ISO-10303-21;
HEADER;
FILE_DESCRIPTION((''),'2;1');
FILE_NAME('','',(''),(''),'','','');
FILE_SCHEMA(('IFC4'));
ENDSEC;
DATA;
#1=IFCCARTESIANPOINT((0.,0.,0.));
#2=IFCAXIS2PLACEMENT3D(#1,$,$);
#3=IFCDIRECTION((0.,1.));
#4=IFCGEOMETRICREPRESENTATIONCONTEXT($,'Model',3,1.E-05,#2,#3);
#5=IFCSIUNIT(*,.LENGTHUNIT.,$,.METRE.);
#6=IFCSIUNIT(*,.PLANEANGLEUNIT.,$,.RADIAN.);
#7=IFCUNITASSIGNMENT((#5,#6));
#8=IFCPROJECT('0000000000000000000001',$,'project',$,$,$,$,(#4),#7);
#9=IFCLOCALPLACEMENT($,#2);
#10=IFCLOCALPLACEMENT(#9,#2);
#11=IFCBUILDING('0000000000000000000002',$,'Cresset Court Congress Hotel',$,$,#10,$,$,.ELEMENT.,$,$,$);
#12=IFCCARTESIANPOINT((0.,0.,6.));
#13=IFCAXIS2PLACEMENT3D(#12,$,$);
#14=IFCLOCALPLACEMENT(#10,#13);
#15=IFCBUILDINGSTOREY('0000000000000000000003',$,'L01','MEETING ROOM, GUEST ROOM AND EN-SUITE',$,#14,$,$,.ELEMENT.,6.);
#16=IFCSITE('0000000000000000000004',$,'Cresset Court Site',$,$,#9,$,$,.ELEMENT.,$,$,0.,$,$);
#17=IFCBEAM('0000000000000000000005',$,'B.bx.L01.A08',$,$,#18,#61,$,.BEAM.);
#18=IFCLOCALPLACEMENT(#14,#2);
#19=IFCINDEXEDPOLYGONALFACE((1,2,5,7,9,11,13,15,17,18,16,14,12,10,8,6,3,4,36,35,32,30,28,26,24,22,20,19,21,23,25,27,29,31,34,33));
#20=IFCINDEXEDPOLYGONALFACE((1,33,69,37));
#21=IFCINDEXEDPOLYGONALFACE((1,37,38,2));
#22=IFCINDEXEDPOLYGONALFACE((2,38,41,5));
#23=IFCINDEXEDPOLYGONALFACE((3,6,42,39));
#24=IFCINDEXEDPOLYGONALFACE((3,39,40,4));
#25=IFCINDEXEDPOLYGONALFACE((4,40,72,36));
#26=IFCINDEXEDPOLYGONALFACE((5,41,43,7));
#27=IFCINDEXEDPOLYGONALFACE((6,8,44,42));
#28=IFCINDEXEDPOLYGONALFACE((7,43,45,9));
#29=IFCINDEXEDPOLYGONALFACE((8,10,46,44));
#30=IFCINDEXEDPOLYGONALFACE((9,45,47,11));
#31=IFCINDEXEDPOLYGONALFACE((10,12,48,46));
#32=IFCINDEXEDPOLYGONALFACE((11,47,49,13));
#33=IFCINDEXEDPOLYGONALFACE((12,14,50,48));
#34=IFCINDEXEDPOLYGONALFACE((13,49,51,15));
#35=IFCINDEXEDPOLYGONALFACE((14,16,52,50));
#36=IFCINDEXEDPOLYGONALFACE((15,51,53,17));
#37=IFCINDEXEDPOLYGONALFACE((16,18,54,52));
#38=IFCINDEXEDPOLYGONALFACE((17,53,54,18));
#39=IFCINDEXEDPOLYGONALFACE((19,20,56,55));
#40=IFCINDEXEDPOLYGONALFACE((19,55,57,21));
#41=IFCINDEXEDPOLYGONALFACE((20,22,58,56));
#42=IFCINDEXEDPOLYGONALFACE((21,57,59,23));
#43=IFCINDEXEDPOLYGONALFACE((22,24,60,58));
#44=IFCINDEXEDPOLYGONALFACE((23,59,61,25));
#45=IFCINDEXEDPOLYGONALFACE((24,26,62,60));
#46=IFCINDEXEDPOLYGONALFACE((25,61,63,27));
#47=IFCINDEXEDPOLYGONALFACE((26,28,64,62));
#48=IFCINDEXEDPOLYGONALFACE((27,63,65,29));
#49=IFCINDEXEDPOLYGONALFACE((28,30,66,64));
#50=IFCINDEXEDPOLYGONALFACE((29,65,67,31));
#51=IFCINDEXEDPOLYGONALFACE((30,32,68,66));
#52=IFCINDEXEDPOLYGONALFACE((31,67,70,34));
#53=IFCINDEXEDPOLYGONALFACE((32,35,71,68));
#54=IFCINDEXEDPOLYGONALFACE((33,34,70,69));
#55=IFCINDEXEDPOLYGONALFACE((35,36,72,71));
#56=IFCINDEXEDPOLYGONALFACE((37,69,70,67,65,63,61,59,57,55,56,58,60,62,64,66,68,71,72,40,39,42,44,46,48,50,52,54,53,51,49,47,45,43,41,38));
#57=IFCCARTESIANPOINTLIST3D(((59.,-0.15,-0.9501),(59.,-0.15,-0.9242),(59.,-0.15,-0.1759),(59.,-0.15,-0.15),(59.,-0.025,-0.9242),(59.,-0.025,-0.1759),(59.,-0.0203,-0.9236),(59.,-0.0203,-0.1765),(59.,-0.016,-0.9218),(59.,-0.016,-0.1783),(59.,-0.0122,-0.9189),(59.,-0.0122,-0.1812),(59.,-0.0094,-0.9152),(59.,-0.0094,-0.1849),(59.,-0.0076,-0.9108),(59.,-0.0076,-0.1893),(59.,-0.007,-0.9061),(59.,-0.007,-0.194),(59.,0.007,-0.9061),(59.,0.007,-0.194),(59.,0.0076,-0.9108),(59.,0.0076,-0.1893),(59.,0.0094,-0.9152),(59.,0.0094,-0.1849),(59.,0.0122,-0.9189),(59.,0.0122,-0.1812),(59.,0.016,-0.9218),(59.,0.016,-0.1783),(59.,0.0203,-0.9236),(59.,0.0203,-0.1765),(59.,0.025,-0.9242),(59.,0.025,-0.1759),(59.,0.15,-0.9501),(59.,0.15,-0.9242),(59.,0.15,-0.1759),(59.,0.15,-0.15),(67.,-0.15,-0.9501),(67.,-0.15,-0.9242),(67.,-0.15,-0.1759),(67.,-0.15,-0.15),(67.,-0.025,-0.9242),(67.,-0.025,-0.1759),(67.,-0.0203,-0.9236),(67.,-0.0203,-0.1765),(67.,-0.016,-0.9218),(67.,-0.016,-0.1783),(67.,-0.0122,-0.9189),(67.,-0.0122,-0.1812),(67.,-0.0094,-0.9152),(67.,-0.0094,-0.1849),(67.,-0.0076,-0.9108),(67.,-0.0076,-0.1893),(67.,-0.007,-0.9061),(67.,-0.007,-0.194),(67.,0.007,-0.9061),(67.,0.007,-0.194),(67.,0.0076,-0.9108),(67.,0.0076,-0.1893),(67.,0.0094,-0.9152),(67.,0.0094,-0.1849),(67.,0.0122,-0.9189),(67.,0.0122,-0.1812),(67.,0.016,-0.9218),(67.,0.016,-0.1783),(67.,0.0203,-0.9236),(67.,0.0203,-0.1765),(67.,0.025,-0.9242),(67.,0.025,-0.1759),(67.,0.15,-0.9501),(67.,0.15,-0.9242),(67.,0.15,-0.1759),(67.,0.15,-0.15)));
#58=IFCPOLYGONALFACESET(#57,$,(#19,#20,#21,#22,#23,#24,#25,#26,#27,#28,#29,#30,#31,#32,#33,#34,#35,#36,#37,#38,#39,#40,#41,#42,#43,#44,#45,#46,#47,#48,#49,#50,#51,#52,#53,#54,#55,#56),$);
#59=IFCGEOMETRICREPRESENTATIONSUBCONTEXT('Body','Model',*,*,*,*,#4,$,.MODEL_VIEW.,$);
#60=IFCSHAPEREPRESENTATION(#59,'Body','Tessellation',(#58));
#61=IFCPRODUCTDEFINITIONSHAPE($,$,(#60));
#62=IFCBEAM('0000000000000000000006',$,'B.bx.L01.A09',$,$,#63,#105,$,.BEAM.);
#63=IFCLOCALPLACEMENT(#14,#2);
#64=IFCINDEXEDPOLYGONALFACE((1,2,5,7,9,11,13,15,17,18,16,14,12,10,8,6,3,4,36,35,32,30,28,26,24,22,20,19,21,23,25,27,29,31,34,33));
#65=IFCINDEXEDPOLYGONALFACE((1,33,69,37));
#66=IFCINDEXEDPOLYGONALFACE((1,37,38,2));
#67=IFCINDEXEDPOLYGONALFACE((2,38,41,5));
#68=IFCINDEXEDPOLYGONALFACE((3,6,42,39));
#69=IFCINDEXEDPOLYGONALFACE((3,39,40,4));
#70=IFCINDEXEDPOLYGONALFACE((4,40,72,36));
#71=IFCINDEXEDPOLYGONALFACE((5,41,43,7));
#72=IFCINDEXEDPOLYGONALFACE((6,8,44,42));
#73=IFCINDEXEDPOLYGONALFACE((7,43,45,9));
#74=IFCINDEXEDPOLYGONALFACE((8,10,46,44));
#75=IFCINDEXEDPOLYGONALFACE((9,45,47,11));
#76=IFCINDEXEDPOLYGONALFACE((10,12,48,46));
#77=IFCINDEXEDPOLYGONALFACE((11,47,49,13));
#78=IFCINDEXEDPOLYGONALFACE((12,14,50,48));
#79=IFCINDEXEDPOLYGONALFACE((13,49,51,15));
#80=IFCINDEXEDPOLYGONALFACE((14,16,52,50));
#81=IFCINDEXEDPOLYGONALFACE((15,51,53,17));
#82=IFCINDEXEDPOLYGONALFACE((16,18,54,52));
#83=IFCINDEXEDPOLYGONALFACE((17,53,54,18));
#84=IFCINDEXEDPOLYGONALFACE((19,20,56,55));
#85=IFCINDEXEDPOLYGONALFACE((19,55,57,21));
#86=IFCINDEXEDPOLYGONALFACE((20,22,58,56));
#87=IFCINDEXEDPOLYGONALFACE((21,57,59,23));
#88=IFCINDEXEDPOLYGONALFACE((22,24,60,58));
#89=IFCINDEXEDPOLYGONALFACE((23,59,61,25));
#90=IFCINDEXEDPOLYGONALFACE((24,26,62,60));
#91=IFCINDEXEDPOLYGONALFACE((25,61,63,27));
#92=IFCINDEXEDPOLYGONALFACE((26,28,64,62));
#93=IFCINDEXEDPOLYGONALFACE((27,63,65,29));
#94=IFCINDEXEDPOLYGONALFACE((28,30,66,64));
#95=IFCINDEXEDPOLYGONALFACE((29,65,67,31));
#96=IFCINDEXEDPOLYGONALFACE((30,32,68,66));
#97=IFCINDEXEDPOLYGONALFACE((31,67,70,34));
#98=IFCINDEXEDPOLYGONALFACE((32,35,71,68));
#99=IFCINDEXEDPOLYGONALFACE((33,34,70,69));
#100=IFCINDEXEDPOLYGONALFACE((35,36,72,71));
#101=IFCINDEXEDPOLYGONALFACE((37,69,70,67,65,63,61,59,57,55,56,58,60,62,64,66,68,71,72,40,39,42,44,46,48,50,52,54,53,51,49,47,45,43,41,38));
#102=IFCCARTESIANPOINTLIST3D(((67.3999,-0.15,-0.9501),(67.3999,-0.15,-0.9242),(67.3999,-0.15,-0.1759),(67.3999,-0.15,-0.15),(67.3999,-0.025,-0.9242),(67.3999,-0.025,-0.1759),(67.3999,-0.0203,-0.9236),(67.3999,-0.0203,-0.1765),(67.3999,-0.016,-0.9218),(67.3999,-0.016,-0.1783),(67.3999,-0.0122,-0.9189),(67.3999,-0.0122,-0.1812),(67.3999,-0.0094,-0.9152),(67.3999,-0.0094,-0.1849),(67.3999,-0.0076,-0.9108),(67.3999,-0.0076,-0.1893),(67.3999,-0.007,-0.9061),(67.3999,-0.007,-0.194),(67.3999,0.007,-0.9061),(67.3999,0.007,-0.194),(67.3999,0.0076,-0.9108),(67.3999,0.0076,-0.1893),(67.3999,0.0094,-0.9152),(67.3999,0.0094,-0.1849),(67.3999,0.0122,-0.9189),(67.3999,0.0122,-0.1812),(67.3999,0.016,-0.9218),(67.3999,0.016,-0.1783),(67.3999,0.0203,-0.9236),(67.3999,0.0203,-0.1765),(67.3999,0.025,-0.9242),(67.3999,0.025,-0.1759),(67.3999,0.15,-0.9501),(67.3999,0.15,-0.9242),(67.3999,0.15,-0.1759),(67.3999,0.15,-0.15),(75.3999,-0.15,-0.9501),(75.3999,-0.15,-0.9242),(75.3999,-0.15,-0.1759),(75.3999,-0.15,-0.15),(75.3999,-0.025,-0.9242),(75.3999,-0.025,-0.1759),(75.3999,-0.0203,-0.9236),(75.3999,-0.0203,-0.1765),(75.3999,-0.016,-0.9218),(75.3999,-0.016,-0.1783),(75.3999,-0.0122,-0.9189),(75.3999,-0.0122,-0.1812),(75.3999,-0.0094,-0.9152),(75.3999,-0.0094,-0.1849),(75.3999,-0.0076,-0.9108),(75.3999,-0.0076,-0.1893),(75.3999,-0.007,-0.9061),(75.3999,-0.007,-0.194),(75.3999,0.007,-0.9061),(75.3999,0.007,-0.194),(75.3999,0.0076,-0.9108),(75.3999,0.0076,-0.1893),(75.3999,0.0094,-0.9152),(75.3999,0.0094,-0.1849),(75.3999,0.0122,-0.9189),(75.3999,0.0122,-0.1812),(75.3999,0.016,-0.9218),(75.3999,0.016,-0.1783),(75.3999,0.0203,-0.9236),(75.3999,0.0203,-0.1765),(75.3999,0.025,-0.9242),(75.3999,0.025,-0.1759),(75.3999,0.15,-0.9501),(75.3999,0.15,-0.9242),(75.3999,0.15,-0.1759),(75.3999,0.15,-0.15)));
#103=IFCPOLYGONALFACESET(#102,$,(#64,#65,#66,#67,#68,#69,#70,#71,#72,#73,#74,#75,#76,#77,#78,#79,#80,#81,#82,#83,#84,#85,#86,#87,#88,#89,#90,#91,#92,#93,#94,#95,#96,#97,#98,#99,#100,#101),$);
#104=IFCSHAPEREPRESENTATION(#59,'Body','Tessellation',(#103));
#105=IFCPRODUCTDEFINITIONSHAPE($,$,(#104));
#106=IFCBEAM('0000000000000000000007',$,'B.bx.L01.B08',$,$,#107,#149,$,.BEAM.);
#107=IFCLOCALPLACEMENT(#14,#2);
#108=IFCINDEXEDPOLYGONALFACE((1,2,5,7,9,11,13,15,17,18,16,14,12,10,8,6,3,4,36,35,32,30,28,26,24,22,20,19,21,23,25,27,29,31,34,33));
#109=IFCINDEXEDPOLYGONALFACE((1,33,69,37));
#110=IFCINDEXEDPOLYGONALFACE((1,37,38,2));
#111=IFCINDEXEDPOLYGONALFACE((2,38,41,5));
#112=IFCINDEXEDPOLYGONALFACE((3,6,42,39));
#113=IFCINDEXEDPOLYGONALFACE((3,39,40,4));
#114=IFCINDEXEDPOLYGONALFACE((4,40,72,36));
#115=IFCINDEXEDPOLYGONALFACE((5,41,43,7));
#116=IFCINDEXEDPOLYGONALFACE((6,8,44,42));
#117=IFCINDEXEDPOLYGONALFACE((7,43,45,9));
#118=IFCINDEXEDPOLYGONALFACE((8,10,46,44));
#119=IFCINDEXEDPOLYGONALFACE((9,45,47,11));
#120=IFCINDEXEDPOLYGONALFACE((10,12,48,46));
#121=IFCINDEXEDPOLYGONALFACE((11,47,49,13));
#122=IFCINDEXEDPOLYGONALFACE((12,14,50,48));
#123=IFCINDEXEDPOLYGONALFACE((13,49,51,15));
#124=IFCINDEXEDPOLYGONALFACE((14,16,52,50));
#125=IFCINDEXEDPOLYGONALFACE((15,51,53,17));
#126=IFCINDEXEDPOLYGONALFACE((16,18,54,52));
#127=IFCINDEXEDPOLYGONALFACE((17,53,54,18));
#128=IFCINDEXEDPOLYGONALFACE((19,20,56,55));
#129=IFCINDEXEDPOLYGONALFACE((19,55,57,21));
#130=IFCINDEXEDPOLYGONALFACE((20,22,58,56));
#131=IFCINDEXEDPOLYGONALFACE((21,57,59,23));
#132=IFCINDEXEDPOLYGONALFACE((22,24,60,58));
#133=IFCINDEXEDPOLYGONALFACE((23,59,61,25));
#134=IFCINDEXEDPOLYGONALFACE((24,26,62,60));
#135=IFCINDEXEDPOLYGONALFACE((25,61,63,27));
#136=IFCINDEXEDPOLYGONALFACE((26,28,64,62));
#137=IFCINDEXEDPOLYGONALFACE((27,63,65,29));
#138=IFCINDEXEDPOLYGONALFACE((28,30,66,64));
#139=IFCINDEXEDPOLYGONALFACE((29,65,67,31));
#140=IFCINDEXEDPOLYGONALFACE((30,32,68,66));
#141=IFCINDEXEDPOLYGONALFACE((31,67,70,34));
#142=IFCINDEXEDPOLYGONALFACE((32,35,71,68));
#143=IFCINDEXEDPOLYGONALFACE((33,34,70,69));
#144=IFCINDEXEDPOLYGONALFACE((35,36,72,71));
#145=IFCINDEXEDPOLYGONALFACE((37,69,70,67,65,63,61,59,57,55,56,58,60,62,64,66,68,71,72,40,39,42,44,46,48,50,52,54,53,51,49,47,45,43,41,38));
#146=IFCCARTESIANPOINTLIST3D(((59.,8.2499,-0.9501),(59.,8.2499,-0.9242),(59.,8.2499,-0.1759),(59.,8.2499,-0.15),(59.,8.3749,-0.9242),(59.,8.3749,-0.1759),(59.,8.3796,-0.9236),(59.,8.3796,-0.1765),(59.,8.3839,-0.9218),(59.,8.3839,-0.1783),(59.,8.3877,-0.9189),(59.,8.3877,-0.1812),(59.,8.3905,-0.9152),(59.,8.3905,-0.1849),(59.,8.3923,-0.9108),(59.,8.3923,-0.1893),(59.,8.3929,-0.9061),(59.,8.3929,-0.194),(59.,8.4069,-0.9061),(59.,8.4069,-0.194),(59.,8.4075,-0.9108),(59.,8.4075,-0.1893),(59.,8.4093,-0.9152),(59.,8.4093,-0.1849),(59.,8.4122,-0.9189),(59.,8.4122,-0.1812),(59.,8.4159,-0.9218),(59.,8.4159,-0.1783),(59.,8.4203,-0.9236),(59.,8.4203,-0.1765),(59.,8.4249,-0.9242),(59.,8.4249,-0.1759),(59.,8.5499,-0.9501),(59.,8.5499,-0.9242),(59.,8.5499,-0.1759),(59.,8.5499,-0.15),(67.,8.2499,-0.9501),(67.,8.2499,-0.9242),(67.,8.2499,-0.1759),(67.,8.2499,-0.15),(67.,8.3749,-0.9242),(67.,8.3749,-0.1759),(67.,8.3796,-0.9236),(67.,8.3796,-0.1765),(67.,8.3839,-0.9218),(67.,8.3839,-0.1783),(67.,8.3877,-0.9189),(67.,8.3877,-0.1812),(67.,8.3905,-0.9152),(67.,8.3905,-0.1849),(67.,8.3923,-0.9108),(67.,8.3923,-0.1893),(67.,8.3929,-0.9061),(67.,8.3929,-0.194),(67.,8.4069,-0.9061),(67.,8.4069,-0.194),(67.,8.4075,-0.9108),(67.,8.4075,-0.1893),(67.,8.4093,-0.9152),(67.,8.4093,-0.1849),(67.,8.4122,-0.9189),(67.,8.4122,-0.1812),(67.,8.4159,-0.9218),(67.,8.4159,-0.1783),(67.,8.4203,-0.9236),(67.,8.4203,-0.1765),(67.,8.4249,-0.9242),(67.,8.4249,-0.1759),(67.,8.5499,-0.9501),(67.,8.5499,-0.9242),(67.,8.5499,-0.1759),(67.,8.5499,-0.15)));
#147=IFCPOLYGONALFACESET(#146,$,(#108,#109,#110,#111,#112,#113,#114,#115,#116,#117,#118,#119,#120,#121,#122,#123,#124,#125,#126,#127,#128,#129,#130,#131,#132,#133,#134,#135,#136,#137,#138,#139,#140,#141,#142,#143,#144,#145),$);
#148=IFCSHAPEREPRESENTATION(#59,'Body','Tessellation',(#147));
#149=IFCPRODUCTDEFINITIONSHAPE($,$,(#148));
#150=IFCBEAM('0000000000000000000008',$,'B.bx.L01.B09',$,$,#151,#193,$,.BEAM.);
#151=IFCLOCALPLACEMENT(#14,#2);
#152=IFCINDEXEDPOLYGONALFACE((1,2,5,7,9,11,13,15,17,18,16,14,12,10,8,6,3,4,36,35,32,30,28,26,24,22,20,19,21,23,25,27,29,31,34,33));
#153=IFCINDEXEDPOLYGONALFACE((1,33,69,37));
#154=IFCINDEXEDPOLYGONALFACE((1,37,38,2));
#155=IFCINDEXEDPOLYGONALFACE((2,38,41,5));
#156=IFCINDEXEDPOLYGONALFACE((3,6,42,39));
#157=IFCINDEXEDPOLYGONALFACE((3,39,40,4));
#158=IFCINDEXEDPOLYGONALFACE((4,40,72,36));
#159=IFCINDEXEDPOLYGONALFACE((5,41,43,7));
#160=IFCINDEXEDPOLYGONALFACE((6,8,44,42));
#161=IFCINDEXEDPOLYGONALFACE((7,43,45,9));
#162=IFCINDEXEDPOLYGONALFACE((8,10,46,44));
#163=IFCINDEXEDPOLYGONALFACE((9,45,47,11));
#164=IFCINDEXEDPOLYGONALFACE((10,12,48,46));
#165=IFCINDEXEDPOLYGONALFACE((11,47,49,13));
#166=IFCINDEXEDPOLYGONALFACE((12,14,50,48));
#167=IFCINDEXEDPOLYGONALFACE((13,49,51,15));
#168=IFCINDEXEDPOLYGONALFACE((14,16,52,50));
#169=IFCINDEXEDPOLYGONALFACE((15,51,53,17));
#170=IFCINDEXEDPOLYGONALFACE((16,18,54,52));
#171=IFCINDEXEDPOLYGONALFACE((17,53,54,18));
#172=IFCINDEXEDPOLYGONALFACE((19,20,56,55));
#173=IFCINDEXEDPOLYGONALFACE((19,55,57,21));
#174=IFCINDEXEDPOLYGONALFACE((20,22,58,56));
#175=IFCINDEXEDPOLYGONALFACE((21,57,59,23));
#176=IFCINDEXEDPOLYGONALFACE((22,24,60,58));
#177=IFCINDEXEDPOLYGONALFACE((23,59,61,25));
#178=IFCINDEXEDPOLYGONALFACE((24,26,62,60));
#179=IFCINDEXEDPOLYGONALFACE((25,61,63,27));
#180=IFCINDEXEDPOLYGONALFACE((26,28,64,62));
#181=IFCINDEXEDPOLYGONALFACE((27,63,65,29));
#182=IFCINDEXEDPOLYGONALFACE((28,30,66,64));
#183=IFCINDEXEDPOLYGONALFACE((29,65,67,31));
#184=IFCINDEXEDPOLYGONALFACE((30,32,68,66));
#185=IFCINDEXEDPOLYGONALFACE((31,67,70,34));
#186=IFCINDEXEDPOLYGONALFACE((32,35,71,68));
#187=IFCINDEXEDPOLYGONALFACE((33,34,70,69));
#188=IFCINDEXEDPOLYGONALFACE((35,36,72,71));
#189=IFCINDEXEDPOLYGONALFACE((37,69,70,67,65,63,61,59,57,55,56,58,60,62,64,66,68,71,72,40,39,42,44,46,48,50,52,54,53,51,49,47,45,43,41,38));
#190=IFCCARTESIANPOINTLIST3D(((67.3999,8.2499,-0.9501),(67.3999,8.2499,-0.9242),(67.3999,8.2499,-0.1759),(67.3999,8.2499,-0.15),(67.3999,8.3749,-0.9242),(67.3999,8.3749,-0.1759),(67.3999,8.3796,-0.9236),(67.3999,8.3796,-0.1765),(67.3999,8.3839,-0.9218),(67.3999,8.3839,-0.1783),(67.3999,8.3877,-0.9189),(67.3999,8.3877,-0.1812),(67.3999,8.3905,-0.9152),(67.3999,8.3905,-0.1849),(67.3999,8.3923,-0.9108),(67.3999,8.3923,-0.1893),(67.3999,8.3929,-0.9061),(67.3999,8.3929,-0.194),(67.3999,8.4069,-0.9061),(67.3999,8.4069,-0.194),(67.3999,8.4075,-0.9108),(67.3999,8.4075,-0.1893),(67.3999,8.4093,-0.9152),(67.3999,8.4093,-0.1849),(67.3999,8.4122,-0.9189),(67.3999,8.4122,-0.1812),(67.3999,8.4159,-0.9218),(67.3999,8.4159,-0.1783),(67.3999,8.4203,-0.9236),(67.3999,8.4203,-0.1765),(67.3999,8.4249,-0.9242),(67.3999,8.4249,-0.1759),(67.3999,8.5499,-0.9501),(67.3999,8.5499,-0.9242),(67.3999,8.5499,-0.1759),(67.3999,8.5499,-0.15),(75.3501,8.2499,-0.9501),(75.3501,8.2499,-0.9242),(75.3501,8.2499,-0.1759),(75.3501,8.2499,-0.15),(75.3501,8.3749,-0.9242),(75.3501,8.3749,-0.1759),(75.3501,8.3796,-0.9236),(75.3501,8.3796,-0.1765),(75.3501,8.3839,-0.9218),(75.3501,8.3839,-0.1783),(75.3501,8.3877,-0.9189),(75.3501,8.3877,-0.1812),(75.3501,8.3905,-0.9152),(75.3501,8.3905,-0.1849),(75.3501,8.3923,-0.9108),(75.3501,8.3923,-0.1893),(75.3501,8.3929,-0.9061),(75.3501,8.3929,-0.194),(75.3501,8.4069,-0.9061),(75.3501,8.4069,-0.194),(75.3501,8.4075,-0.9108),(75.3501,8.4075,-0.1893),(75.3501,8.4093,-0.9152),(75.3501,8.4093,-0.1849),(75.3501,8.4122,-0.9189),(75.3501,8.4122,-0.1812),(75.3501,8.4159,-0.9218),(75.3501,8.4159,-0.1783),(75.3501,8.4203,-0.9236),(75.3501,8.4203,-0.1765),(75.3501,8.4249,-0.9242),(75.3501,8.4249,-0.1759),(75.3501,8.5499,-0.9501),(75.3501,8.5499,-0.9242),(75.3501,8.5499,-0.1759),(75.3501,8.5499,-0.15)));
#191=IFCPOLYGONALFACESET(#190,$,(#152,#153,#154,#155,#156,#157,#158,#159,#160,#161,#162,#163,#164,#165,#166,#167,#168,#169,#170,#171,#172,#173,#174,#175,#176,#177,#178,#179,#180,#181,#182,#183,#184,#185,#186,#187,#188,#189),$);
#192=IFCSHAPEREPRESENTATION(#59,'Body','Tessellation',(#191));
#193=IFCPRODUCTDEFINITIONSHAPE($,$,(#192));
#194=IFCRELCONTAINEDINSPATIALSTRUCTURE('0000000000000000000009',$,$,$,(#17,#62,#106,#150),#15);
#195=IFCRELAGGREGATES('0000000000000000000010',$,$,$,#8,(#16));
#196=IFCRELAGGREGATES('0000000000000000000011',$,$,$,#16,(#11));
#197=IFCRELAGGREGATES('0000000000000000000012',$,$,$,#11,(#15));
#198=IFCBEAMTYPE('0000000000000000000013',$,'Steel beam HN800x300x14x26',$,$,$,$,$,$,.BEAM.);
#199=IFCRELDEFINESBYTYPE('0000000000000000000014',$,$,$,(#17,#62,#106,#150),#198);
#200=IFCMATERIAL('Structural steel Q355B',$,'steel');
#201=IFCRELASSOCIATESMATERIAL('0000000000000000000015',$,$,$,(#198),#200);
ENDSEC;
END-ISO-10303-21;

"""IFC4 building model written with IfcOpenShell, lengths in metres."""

from ifc_helpers import new_model, si_unit, direction, frame, origin, origin_2d, place, context, subcontext, project, spatial, i_section, extrude, material, material_profile, profile_set, type_object, element, save


model = new_model("IFC4")

# Units and contexts
model_context = context("Model", 3, precision=1e-05, world=origin(), true_north=direction((0.0, 1.0)))
body_context = subcontext(model_context, "Body", "Model", "MODEL_VIEW")
ifc_project = project(units=[si_unit("LENGTHUNIT", "METRE"), si_unit("PLANEANGLEUNIT", "RADIAN")], contexts=[model_context])

# Site, building, storey
site_placement = place(None, origin())
site = spatial("IfcSite", under=ifc_project, at=site_placement, Name="Cresset Court Site", CompositionType="ELEMENT", RefElevation=0.0)
building_placement = place(site_placement, origin())
building = spatial("IfcBuilding", under=site, at=building_placement, Name="Cresset Court Congress Hotel", CompositionType="ELEMENT")
storey_placement = place(building_placement, frame((0.0, 0.0, 6.0)))
storey = spatial("IfcBuildingStorey", under=building, at=storey_placement, Name="L01", Description="MEETING ROOM, GUEST ROOM AND EN-SUITE", CompositionType="ELEMENT", Elevation=6.0)

# Beams
ifc_material_1 = material(Name="Structural steel Q355B", Category="steel")
ifc_material_profile_1 = material_profile(ifc_material_1, i_section(OverallWidth=0.3, OverallDepth=0.8, WebThickness=0.0139, FlangeThickness=0.0259, FilletRadius=0.0181, at=origin_2d()), Name="HN800x300x14x26")
ifc_profile_set_1 = profile_set([ifc_material_profile_1], Name="Structural steel Q355B")
beam_type_1 = type_object("IfcBeamType", Name="Steel beam HN800x300x14x26", PredefinedType="BEAM", material=ifc_profile_set_1)
for number, where, z_axis, x_axis, name in (
    (1, (59.0, 0.0, -0.55), (1.0, 0.0, 0.0), (0.0, 1.0, 0.0), "B.bx.L01.A08"),
    (2, (67.3999, 0.0, -0.55), (1.0, 0.0, 0.0), (0.0, 1.0, 0.0), "B.bx.L01.A09"),
    (3, (59.0, 8.3999, -0.55), (1.0, 0.0, 0.0), (0.0, 1.0, 0.0), "B.bx.L01.B08"),
):
    element("IfcBeam", number, at=place(storey_placement, frame(where, z_axis=z_axis, x_axis=x_axis)), inside=storey, type_object=beam_type_1, Name=name, PredefinedType="BEAM", context=body_context, shape_type="SweptSolid", body=[
        extrude(i_section(OverallWidth=0.3, OverallDepth=0.8, WebThickness=0.0139, FlangeThickness=0.0259, FilletRadius=0.0181, at=origin_2d()), origin(), (0.0, 0.0, 1.0), 8.0),
    ])
beam_1_placement = place(storey_placement, frame((67.3999, 8.3999, -0.55), z_axis=(1.0, 0.0, 0.0), x_axis=(0.0, 1.0, 0.0)))
element("IfcBeam", 4, at=beam_1_placement, inside=storey, type_object=beam_type_1, Name="B.bx.L01.B09", PredefinedType="BEAM", context=body_context, shape_type="SweptSolid", body=[
    extrude(i_section(OverallWidth=0.3, OverallDepth=0.8, WebThickness=0.0139, FlangeThickness=0.0259, FilletRadius=0.0181, at=origin_2d()), origin(), (0.0, 0.0, 1.0), 7.9502),
])

save(model, "model.ifc")
